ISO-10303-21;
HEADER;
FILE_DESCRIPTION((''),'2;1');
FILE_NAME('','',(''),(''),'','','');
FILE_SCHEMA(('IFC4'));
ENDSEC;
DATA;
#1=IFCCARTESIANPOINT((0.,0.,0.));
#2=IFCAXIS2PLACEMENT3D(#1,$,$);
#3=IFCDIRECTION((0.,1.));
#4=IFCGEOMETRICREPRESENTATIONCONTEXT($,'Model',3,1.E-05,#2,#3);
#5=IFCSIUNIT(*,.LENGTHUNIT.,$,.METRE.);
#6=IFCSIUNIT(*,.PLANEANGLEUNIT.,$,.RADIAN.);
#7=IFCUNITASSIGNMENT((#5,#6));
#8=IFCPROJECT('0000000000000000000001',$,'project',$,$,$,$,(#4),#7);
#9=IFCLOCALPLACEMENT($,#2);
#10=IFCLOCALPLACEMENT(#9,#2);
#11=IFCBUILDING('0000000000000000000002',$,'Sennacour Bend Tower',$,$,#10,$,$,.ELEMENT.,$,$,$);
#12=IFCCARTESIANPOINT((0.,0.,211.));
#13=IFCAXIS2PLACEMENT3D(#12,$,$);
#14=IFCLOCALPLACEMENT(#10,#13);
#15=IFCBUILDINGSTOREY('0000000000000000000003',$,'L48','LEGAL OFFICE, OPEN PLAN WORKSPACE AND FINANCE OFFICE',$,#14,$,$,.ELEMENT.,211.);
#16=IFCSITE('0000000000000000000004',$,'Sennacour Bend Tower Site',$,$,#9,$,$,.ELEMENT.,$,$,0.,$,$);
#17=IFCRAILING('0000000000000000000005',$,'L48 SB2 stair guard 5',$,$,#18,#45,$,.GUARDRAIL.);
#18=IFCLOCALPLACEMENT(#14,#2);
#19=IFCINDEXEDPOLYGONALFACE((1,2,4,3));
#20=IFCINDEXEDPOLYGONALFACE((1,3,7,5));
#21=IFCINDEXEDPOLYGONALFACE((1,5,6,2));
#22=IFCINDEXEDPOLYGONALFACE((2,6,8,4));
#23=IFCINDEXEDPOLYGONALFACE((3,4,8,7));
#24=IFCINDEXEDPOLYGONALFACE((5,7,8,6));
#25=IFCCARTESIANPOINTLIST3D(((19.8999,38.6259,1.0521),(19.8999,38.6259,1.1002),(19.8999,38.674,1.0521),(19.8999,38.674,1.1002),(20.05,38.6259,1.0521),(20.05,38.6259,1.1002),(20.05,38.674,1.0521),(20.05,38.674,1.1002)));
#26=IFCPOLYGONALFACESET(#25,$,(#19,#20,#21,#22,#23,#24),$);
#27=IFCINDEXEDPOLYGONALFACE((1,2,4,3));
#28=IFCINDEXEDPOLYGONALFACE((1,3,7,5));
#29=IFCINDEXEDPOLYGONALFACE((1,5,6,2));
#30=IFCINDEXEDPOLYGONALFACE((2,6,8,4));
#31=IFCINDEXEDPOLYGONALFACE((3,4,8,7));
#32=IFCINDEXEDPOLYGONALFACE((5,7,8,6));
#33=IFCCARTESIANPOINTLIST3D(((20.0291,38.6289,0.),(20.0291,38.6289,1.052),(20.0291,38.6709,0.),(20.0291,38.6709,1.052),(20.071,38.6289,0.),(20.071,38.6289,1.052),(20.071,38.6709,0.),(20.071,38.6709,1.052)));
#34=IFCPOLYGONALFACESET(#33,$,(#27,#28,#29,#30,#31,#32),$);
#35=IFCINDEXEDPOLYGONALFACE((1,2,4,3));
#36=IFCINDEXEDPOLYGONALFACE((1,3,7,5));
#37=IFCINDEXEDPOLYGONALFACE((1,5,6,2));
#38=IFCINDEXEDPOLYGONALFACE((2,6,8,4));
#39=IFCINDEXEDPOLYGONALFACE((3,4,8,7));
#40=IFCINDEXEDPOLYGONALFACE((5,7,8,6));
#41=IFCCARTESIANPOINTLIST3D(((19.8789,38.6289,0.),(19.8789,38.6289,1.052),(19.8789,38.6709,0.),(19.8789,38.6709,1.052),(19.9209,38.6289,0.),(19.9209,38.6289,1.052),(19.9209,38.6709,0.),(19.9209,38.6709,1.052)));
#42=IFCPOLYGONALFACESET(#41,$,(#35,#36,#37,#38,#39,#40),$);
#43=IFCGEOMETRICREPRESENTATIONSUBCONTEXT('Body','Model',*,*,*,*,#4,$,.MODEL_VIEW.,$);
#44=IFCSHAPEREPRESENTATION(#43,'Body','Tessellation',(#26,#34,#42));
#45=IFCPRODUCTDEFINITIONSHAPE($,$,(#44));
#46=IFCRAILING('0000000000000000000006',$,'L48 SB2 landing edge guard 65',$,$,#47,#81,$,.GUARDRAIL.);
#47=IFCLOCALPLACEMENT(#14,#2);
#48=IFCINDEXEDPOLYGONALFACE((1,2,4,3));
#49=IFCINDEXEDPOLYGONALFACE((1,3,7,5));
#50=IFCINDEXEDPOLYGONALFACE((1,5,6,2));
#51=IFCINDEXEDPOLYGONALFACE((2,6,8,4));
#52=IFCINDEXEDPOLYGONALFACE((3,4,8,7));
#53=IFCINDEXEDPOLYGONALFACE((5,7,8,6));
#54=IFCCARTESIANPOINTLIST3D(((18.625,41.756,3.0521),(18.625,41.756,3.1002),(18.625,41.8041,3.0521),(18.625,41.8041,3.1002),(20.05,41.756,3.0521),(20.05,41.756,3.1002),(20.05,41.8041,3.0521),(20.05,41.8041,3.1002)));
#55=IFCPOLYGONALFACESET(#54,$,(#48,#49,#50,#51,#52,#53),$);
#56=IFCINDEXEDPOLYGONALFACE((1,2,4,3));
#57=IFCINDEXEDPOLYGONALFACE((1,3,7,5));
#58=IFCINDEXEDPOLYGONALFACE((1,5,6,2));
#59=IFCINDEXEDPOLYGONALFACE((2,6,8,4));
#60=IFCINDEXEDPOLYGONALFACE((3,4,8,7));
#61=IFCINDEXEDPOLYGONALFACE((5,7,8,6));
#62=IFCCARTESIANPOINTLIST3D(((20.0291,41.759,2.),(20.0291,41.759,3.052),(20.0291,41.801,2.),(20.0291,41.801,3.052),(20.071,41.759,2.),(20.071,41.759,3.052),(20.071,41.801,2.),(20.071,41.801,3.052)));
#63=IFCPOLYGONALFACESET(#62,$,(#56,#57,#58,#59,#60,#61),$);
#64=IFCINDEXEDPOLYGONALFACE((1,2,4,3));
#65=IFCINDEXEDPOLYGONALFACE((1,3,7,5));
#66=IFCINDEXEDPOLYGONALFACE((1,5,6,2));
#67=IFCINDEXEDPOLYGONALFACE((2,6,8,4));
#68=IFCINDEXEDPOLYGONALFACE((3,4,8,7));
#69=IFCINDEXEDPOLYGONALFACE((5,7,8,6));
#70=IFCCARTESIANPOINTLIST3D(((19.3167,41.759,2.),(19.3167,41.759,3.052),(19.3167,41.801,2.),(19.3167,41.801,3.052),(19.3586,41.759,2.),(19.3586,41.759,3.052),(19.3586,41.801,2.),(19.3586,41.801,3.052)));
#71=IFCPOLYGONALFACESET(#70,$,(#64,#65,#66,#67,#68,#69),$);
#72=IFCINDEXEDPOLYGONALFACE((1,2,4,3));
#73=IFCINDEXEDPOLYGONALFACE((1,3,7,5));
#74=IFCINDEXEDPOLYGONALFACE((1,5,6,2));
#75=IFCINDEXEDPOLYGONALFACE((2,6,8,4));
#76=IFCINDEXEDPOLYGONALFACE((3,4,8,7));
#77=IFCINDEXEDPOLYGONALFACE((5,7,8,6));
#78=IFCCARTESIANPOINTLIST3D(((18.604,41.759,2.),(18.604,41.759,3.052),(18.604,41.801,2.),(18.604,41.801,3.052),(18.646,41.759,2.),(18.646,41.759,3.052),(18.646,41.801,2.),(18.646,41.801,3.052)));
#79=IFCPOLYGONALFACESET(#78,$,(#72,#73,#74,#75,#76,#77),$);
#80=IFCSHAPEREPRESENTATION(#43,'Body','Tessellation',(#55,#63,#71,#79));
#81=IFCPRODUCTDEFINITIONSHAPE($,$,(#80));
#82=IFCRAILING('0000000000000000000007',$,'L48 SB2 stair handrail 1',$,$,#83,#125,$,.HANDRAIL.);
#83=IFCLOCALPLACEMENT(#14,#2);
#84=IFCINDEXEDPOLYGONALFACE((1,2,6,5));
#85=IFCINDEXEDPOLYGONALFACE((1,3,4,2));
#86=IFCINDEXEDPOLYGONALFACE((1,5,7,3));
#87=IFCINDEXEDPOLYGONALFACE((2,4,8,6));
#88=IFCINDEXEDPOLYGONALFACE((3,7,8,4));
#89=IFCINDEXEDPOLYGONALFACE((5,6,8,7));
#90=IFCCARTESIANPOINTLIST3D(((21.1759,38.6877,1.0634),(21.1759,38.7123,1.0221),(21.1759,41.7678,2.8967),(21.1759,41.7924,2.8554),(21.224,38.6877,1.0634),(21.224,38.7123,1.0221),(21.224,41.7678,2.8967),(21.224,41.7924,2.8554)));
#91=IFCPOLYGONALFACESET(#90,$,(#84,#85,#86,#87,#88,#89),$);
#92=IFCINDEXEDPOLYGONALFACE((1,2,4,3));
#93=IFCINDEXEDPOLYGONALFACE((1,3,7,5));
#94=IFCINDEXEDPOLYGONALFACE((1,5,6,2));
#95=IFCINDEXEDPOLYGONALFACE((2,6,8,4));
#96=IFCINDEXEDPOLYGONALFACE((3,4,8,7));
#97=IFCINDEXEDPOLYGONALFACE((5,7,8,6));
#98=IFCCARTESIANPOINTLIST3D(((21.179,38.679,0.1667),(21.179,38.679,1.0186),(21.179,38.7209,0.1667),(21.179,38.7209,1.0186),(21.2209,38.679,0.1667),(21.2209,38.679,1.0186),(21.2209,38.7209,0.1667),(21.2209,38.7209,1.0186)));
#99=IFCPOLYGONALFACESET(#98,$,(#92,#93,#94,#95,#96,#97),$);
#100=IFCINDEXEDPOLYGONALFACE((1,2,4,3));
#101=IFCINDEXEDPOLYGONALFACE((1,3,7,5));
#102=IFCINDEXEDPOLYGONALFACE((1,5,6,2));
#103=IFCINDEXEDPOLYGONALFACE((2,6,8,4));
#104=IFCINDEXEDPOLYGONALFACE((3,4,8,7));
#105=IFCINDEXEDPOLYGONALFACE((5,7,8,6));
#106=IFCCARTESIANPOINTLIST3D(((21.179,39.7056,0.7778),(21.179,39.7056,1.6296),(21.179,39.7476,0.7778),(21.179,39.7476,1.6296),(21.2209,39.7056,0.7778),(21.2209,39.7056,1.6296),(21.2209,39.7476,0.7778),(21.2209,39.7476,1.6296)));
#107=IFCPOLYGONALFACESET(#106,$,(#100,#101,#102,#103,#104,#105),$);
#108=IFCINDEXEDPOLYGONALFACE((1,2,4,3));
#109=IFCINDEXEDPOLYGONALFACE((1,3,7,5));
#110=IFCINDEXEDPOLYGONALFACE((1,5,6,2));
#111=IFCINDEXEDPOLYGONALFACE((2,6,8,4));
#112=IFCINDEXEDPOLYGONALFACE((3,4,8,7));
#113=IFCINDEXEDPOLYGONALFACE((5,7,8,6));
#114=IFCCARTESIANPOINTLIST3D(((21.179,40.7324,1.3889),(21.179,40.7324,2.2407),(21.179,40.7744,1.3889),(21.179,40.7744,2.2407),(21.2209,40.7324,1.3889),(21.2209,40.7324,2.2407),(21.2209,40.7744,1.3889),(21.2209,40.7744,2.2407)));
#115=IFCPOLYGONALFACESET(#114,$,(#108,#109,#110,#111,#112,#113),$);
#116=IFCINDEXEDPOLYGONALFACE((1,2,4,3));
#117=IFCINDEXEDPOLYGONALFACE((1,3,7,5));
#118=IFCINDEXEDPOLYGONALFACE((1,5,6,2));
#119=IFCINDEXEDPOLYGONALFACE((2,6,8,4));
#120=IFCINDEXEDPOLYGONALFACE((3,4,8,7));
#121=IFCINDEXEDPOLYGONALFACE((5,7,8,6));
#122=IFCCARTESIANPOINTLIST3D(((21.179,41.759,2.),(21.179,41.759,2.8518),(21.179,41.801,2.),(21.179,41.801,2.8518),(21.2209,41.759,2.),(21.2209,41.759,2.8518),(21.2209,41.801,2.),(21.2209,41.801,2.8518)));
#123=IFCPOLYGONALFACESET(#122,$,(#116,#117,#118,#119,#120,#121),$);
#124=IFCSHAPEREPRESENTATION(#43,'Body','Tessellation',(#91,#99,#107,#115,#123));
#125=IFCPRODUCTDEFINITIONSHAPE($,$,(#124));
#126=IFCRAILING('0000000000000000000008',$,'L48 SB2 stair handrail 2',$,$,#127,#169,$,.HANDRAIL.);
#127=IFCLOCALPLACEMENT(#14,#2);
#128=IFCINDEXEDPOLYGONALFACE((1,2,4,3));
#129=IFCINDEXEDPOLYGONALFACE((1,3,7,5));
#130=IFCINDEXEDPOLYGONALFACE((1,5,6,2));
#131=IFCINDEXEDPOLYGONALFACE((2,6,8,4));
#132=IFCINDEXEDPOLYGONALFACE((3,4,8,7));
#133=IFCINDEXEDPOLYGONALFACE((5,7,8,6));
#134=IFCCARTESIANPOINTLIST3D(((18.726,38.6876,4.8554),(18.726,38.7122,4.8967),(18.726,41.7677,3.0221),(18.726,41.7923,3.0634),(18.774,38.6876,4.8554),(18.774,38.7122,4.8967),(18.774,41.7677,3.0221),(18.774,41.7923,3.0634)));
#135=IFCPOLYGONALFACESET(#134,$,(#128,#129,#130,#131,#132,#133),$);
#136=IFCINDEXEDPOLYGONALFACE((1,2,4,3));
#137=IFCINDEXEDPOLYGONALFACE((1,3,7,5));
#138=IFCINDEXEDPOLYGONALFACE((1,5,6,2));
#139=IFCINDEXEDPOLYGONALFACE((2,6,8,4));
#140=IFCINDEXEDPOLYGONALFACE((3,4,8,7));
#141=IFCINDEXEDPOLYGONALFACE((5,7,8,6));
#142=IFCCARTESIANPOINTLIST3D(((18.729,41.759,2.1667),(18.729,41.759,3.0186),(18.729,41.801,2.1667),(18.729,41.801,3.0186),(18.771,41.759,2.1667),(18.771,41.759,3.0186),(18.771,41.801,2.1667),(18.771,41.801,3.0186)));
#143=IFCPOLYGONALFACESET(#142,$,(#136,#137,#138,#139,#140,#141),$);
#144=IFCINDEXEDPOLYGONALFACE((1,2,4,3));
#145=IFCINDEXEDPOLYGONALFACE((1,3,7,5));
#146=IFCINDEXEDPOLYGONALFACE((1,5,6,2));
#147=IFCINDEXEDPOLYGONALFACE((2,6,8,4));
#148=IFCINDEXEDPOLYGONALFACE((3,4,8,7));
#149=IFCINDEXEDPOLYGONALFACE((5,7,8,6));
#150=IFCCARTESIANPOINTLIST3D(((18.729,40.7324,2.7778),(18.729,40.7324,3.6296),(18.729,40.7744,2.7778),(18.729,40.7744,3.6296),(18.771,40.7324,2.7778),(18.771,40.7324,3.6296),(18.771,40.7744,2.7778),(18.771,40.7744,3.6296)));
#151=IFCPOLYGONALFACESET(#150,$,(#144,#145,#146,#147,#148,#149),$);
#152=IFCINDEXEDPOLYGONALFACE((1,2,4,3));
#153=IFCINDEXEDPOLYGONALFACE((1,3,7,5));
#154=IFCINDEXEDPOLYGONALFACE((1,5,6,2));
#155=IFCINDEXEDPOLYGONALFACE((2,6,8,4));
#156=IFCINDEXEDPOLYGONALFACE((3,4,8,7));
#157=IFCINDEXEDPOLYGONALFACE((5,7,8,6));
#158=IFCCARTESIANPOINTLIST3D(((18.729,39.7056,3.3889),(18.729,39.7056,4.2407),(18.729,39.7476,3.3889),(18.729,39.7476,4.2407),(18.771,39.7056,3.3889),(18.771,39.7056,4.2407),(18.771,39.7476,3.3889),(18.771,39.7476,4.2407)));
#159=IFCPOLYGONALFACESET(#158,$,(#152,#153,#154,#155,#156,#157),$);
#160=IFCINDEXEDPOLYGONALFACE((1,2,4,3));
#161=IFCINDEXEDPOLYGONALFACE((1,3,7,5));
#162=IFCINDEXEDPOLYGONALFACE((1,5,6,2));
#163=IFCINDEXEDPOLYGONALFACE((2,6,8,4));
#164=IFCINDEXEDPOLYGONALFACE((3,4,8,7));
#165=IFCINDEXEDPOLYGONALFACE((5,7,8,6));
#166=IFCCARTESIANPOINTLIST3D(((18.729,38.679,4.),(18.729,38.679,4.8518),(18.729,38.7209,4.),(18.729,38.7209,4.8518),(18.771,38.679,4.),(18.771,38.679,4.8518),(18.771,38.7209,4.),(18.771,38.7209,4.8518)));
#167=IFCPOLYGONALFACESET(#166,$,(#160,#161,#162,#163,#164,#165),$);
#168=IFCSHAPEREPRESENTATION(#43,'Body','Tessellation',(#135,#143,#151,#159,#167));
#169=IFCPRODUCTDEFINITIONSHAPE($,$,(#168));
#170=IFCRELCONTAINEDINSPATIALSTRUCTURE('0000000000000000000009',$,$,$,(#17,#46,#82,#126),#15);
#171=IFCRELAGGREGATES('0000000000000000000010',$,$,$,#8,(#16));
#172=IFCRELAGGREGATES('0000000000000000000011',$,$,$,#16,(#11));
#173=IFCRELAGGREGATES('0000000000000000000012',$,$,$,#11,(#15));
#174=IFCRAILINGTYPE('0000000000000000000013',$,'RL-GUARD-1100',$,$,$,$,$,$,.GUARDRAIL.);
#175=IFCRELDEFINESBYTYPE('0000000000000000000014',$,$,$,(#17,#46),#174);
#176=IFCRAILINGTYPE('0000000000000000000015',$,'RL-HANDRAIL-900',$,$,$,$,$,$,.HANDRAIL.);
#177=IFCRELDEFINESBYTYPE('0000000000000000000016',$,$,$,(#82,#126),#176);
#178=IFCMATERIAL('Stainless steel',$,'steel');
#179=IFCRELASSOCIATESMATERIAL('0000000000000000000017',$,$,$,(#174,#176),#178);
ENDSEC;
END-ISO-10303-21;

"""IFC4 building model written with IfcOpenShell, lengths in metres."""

from ifc_helpers import new_model, si_unit, direction, frame, origin, origin_2d, place, context, subcontext, project, spatial, rectangle, extrude, material, type_object, element, save


model = new_model("IFC4")

# Units and contexts
model_context = context("Model", 3, precision=1e-05, world=origin(), true_north=direction((0.0, 1.0)))
body_context = subcontext(model_context, "Body", "Model", "MODEL_VIEW")
ifc_project = project(units=[si_unit("LENGTHUNIT", "METRE"), si_unit("PLANEANGLEUNIT", "RADIAN")], contexts=[model_context])

# Site, building, storey
site_placement = place(None, origin())
site = spatial("IfcSite", under=ifc_project, at=site_placement, Name="Sennacour Bend Tower Site", CompositionType="ELEMENT", RefElevation=0.0)
building_placement = place(site_placement, origin())
building = spatial("IfcBuilding", under=site, at=building_placement, Name="Sennacour Bend Tower", CompositionType="ELEMENT")
storey_placement = place(building_placement, frame((0.0, 0.0, 211.0)))
storey = spatial("IfcBuildingStorey", under=building, at=storey_placement, Name="L48", Description="LEGAL OFFICE, OPEN PLAN WORKSPACE AND FINANCE OFFICE", CompositionType="ELEMENT", Elevation=211.0)

# Shared definitions
ifc_material_1 = material(Name="Stainless steel", Category="steel")

# Railings
railing_type_1 = type_object("IfcRailingType", Name="RL-GUARD-1100", PredefinedType="GUARDRAIL", material=ifc_material_1)
railing_1_placement = place(storey_placement, frame((20.05, 38.6499, 0.0)))
element("IfcRailing", 1, at=railing_1_placement, inside=storey, type_object=railing_type_1, Name="L48 SB2 stair guard 5", PredefinedType="GUARDRAIL", context=body_context, shape_type="SweptSolid", body=[
    extrude(rectangle(XDim=0.0481, YDim=0.0481, at=origin_2d()), frame((0.0, 0.0, 1.0762), z_axis=(-1.0, 0.0, 0.0), x_axis=(0.0, -1.0, 0.0)), (0.0, 0.0, 1.0), 0.1501),
    extrude(rectangle(XDim=0.042, YDim=0.042, at=origin_2d()), origin(), (0.0, 0.0, 1.0), 1.052),
    extrude(rectangle(XDim=0.042, YDim=0.042, at=origin_2d()), frame((-0.1501, 0.0, 0.0)), (0.0, 0.0, 1.0), 1.052),
])
railing_2_placement = place(storey_placement, frame((20.05, 41.78, 2.0)))
element("IfcRailing", 2, at=railing_2_placement, inside=storey, type_object=railing_type_1, Name="L48 SB2 landing edge guard 65", PredefinedType="GUARDRAIL", context=body_context, shape_type="SweptSolid", body=[
    extrude(rectangle(XDim=0.0481, YDim=0.0481, at=origin_2d()), frame((0.0, 0.0, 1.0762), z_axis=(-1.0, 0.0, 0.0), x_axis=(0.0, -1.0, 0.0)), (0.0, 0.0, 1.0), 1.425),
    extrude(rectangle(XDim=0.042, YDim=0.042, at=origin_2d()), origin(), (0.0, 0.0, 1.0), 1.052),
    extrude(rectangle(XDim=0.042, YDim=0.042, at=origin_2d()), frame((-0.7124, 0.0, 0.0)), (0.0, 0.0, 1.0), 1.052),
    extrude(rectangle(XDim=0.042, YDim=0.042, at=origin_2d()), frame((-1.425, 0.0, 0.0)), (0.0, 0.0, 1.0), 1.052),
])
railing_type_2 = type_object("IfcRailingType", Name="RL-HANDRAIL-900", PredefinedType="HANDRAIL", material=ifc_material_1)
railing_3_placement = place(storey_placement, frame((21.2, 38.7, 0.1667)))
element("IfcRailing", 3, at=railing_3_placement, inside=storey, type_object=railing_type_2, Name="L48 SB2 stair handrail 1", PredefinedType="HANDRAIL", context=body_context, shape_type="SweptSolid", body=[
    extrude(rectangle(XDim=0.0481, YDim=0.0481, at=origin_2d()), frame((0.0, 0.0, 0.876), z_axis=(0.0, 0.859309, 0.511458), x_axis=(-1.0, 0.0, 0.0)), (0.0, 0.0, 1.0), 3.5845),
    extrude(rectangle(XDim=0.042, YDim=0.042, at=origin_2d()), origin(), (0.0, 0.0, 1.0), 0.8518),
    extrude(rectangle(XDim=0.042, YDim=0.042, at=origin_2d()), frame((0.0, 1.0266, 0.6111)), (0.0, 0.0, 1.0), 0.8518),
    extrude(rectangle(XDim=0.042, YDim=0.042, at=origin_2d()), frame((0.0, 2.0535, 1.2222)), (0.0, 0.0, 1.0), 0.8518),
    extrude(rectangle(XDim=0.042, YDim=0.042, at=origin_2d()), frame((0.0, 3.0801, 1.8333)), (0.0, 0.0, 1.0), 0.8518),
])
railing_4_placement = place(storey_placement, frame((18.75, 41.78, 2.1667)))
element("IfcRailing", 4, at=railing_4_placement, inside=storey, type_object=railing_type_2, Name="L48 SB2 stair handrail 2", PredefinedType="HANDRAIL", context=body_context, shape_type="SweptSolid", body=[
    extrude(rectangle(XDim=0.0481, YDim=0.0481, at=origin_2d()), frame((0.0, 0.0, 0.876), z_axis=(0.0, -0.859309, 0.511458), x_axis=(1.0, 0.0, 0.0)), (0.0, 0.0, 1.0), 3.5845),
    extrude(rectangle(XDim=0.042, YDim=0.042, at=origin_2d()), origin(), (0.0, 0.0, 1.0), 0.8518),
    extrude(rectangle(XDim=0.042, YDim=0.042, at=origin_2d()), frame((0.0, -1.0266, 0.6111)), (0.0, 0.0, 1.0), 0.8518),
    extrude(rectangle(XDim=0.042, YDim=0.042, at=origin_2d()), frame((0.0, -2.0535, 1.2222)), (0.0, 0.0, 1.0), 0.8518),
    extrude(rectangle(XDim=0.042, YDim=0.042, at=origin_2d()), frame((0.0, -3.0801, 1.8333)), (0.0, 0.0, 1.0), 0.8518),
])

save(model, "model.ifc")
